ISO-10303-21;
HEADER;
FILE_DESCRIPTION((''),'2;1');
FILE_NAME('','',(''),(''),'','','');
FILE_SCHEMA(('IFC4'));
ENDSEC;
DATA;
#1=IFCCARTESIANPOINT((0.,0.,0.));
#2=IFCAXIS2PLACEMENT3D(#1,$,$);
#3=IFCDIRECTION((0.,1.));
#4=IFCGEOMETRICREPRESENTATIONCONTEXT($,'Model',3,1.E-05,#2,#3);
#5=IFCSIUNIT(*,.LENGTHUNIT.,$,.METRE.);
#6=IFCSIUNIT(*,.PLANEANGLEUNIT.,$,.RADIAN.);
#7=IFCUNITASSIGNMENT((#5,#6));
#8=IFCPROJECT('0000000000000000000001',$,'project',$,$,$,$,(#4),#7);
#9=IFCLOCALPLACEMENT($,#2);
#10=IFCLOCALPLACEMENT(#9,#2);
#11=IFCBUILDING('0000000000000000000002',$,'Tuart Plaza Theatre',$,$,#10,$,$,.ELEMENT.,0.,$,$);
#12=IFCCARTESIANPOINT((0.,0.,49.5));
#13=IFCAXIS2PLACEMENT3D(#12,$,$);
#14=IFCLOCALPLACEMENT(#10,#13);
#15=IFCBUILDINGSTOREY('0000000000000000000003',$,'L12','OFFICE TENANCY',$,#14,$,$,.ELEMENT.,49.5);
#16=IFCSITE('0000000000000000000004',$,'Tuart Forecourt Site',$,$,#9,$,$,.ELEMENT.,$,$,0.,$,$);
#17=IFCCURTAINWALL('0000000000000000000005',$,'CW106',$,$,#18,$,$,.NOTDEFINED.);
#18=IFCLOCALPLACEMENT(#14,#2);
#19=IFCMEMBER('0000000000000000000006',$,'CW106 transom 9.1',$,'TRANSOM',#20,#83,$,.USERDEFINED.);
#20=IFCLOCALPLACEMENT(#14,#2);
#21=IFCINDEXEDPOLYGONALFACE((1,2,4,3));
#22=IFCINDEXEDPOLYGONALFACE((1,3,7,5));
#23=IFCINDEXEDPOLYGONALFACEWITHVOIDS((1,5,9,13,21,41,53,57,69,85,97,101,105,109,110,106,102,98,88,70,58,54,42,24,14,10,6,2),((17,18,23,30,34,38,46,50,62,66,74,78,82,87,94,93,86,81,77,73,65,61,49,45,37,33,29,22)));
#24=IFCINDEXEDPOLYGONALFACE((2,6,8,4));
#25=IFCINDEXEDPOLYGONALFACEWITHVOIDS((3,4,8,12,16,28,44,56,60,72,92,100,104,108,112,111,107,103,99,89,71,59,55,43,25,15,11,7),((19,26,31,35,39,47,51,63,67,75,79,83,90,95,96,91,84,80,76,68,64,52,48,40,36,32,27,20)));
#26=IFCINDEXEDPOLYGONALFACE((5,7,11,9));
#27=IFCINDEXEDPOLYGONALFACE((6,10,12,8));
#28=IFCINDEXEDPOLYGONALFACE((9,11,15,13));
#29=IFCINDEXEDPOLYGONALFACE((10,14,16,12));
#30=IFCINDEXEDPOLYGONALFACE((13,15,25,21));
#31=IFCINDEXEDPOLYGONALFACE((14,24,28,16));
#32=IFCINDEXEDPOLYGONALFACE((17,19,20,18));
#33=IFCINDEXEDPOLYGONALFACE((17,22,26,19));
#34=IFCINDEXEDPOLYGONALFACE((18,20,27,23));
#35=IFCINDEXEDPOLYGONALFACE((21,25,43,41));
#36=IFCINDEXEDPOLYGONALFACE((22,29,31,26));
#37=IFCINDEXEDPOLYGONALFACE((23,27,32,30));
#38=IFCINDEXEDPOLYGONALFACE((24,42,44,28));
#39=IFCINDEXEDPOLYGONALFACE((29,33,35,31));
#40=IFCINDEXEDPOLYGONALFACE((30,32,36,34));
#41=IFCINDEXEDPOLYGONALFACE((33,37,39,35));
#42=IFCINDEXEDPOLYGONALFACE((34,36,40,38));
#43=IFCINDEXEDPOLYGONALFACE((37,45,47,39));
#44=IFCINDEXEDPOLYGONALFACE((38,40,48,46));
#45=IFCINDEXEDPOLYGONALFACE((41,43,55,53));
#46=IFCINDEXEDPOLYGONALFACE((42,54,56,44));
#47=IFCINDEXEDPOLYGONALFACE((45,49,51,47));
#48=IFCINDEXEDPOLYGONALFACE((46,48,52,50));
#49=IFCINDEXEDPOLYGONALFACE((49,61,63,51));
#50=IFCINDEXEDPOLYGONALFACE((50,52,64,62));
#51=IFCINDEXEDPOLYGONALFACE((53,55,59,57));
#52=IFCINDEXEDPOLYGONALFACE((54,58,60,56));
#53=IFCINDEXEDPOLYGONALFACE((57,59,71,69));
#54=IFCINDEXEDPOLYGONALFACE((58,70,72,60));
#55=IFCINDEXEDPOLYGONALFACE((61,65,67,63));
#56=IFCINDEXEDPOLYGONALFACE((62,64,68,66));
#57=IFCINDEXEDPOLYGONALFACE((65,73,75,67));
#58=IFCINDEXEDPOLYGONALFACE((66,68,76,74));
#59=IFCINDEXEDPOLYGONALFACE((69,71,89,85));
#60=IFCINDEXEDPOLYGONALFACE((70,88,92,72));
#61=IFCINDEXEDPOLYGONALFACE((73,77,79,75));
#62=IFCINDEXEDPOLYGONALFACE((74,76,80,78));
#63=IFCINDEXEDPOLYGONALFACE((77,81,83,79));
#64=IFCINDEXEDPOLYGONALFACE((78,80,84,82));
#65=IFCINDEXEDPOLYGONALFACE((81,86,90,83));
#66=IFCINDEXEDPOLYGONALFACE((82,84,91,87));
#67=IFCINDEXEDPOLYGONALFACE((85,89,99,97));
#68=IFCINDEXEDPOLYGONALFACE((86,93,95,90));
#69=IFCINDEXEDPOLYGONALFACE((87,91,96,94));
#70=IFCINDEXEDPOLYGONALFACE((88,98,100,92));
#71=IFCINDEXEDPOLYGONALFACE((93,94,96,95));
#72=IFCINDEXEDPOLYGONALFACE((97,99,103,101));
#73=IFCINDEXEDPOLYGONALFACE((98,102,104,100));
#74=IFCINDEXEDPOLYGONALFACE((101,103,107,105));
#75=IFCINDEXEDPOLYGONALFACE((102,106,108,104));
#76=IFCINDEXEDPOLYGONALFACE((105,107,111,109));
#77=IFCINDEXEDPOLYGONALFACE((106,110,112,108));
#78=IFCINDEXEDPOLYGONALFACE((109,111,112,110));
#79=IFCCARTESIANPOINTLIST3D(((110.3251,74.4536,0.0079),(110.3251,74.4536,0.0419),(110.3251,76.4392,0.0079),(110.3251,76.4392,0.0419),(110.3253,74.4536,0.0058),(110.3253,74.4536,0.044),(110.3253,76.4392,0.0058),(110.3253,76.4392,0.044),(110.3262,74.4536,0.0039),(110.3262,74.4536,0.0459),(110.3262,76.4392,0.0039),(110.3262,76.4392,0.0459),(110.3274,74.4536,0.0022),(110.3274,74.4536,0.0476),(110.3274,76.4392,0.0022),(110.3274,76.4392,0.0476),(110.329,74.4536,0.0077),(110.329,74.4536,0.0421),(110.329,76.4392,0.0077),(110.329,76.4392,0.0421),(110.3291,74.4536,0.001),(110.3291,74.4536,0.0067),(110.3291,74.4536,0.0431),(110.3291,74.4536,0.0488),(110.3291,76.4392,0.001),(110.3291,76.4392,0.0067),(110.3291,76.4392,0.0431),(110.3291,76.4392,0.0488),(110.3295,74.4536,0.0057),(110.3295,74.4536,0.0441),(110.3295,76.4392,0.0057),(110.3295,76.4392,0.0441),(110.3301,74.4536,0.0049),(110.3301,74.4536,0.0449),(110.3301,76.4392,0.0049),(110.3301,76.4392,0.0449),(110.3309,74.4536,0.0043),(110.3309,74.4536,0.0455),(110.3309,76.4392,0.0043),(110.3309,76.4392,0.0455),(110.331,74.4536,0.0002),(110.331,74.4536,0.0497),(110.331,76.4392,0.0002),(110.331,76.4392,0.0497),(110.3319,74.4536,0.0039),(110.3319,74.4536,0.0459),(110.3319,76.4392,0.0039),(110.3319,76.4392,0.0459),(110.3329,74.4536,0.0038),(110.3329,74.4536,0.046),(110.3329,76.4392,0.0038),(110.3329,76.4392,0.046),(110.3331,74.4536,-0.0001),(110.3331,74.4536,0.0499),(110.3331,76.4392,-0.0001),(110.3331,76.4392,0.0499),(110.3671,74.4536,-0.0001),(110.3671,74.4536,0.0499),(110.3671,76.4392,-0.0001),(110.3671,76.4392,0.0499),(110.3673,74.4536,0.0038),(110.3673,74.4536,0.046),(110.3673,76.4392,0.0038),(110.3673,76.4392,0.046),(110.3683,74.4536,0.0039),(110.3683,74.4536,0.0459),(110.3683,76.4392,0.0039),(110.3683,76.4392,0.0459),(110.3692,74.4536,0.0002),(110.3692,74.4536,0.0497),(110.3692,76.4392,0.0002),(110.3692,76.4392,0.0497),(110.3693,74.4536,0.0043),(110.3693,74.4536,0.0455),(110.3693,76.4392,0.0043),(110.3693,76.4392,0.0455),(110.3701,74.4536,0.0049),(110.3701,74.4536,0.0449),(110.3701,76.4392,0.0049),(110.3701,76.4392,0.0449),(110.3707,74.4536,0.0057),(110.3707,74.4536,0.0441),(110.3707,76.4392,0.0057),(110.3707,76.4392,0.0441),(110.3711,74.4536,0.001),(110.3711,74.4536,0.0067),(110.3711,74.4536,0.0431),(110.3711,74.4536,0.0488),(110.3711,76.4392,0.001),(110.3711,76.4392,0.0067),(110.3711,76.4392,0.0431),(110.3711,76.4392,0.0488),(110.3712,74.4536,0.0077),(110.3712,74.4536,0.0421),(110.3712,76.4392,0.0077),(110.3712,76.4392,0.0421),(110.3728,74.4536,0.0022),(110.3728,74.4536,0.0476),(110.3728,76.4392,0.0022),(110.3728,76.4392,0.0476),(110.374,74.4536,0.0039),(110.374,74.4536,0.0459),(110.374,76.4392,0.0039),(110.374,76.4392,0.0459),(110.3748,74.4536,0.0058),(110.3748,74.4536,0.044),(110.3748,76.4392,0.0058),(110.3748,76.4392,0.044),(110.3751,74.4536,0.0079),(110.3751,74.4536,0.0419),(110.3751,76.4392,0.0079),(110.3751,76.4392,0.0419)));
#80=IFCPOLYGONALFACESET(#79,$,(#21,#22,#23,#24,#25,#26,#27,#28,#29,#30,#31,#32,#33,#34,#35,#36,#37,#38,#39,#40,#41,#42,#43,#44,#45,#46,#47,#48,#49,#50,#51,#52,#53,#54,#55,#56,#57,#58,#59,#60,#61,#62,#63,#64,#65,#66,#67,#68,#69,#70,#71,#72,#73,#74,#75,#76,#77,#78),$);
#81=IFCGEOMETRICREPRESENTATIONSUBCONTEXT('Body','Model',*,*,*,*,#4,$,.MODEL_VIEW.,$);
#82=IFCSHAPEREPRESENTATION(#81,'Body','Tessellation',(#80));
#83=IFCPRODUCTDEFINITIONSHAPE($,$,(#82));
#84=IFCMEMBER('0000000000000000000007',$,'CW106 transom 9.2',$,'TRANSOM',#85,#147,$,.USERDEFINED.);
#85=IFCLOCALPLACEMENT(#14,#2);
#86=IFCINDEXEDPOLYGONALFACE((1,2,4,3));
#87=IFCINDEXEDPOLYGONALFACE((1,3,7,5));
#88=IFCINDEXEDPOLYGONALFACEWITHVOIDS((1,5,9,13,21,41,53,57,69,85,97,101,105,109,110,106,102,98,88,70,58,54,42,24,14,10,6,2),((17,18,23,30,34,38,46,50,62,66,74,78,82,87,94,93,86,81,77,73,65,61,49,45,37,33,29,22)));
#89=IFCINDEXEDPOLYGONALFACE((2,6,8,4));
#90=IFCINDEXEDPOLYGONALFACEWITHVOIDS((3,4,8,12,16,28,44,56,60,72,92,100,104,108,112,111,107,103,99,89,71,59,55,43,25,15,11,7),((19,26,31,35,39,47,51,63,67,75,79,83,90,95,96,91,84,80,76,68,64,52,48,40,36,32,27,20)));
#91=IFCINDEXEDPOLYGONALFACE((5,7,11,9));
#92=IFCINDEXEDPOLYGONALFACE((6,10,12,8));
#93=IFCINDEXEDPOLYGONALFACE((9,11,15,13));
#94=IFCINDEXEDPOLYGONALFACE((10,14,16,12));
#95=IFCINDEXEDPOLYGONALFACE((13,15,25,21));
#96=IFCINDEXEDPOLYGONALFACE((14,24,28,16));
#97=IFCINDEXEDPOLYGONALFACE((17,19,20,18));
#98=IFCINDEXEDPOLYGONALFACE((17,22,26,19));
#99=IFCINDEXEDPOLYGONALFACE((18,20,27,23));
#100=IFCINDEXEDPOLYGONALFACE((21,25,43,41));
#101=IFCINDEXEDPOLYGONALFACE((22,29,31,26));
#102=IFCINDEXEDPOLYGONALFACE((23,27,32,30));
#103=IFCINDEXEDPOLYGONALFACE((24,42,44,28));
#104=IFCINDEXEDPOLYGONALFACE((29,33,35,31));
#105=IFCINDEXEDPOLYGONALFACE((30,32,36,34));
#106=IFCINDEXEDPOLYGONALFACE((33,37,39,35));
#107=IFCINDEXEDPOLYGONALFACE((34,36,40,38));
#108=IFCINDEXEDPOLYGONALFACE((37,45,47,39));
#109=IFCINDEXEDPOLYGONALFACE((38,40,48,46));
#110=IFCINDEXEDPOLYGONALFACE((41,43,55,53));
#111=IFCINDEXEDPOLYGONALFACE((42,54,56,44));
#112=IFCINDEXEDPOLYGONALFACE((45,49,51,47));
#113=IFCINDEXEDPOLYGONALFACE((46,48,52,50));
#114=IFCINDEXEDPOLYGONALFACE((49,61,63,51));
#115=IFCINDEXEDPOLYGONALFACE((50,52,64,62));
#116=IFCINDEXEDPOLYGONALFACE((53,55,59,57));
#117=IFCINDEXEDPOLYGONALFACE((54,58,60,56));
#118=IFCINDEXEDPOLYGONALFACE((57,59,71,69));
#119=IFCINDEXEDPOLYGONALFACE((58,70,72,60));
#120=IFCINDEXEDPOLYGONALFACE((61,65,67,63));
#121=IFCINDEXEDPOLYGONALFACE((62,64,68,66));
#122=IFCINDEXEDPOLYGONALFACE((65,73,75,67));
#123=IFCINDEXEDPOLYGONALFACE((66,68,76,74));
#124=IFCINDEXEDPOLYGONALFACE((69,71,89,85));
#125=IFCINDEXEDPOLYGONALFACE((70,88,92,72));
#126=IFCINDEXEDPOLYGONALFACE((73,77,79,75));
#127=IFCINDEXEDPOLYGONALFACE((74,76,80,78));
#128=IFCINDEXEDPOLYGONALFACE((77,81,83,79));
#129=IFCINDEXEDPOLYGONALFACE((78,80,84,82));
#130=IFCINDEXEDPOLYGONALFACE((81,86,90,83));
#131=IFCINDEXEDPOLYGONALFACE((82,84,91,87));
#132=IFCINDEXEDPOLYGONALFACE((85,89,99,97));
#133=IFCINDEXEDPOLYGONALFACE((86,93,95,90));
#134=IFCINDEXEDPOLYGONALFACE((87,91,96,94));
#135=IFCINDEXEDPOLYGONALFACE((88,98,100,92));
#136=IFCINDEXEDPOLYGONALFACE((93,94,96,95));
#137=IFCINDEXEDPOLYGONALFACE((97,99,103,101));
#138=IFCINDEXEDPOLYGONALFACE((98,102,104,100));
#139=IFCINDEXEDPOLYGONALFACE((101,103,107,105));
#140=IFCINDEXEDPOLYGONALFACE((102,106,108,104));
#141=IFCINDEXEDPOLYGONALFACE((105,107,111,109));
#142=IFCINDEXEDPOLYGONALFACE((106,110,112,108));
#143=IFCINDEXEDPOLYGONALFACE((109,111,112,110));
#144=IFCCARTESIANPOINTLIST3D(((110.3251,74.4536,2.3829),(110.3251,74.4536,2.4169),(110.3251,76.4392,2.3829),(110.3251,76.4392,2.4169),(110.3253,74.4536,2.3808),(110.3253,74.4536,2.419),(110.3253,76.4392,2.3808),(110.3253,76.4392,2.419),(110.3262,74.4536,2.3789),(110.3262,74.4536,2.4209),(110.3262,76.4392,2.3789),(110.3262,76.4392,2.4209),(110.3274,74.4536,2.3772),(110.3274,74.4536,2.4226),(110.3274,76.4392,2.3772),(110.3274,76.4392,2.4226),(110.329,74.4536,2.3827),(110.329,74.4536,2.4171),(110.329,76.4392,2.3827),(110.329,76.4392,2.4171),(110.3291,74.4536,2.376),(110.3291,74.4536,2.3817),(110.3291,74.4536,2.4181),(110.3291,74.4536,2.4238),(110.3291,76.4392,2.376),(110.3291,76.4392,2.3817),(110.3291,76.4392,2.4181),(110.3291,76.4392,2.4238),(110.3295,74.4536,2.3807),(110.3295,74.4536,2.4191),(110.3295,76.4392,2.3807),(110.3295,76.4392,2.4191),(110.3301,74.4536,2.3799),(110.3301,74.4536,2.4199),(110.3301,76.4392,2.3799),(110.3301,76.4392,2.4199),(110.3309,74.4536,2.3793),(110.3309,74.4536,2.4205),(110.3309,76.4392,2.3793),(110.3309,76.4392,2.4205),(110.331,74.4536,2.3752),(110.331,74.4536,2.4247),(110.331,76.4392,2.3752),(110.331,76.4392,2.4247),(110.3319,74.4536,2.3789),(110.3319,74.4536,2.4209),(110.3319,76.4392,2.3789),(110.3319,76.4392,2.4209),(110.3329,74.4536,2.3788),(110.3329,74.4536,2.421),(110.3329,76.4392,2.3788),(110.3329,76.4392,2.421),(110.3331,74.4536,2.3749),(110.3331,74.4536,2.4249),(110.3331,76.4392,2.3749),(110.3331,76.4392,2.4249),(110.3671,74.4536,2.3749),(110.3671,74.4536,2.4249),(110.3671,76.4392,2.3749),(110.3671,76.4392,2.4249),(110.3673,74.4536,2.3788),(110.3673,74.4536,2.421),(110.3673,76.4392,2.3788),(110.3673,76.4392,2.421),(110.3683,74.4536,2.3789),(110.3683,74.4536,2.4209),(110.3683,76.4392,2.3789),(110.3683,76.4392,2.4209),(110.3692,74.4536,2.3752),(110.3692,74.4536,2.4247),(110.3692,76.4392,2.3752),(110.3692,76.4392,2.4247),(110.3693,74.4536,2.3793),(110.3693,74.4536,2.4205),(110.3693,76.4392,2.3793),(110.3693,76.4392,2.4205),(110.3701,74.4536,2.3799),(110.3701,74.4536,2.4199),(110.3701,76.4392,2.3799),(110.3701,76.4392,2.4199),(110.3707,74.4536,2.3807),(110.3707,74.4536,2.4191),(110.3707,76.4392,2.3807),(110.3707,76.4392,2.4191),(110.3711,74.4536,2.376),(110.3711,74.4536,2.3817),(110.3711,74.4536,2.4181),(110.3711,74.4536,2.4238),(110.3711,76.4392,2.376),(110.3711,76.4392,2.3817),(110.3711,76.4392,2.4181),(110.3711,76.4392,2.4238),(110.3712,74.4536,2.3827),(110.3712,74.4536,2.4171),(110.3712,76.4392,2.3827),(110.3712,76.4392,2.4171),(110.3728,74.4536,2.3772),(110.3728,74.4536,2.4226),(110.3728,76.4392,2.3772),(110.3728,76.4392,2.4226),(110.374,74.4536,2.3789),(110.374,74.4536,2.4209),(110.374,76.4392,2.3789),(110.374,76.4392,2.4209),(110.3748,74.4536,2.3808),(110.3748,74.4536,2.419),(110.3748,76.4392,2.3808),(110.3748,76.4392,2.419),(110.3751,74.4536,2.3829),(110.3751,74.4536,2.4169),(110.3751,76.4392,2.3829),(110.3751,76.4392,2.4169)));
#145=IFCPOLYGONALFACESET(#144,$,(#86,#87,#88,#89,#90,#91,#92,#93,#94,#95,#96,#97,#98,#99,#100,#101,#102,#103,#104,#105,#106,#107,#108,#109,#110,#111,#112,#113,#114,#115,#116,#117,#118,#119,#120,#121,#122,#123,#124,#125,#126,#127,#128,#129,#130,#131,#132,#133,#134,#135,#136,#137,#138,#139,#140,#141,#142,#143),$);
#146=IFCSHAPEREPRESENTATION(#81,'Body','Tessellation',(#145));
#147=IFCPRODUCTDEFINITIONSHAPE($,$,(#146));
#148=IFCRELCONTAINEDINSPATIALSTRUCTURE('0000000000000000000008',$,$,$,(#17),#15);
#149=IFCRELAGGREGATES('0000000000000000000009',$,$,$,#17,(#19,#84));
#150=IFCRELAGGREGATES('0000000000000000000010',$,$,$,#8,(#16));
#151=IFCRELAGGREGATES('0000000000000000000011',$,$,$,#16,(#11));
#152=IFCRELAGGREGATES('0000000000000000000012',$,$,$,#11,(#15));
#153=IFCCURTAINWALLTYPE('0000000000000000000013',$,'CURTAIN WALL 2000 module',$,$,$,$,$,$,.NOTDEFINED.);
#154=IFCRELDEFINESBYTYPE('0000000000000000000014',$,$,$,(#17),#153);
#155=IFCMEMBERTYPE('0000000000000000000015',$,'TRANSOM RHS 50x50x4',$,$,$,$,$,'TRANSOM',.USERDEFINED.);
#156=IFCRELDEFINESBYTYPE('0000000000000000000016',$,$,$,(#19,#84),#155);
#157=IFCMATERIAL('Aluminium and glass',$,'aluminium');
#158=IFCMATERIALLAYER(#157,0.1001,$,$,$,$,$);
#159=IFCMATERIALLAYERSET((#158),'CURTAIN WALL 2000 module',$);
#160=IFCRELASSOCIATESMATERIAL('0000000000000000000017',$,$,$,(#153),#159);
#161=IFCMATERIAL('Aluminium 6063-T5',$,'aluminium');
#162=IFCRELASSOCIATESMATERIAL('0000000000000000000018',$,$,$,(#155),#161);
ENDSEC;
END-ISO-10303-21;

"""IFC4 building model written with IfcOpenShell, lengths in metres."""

from ifc_helpers import new_model, si_unit, direction, frame, origin, origin_2d, place, context, subcontext, project, spatial, hollow_rectangle, extrude, material, layer, layer_set, material_profile, profile_set, type_object, element, aggregate, save


model = new_model("IFC4")

# Units and contexts
model_context = context("Model", 3, precision=1e-05, world=origin(), true_north=direction((0.0, 1.0)))
body_context = subcontext(model_context, "Body", "Model", "MODEL_VIEW")
ifc_project = project(units=[si_unit("LENGTHUNIT", "METRE"), si_unit("PLANEANGLEUNIT", "RADIAN")], contexts=[model_context])

# Site, building, storey
site_placement = place(None, origin())
site = spatial("IfcSite", under=ifc_project, at=site_placement, Name="Tuart Forecourt Site", CompositionType="ELEMENT", RefElevation=0.0)
building_placement = place(site_placement, origin())
building = spatial("IfcBuilding", under=site, at=building_placement, Name="Tuart Plaza Theatre", CompositionType="ELEMENT", ElevationOfRefHeight=0.0)
storey_placement = place(building_placement, frame((0.0, 0.0, 49.5)))
storey = spatial("IfcBuildingStorey", under=building, at=storey_placement, Name="L12", Description="OFFICE TENANCY", CompositionType="ELEMENT", Elevation=49.5)

# Curtain wall, members
ifc_material_1 = material(Name="Aluminium and glass", Category="aluminium")
ifc_layer_1 = layer(ifc_material_1, 0.1001)
ifc_layer_set_1 = layer_set([ifc_layer_1], Name="CURTAIN WALL 2000 module")
curtain_wall_type = type_object("IfcCurtainWallType", Name="CURTAIN WALL 2000 module", PredefinedType="NOTDEFINED", material=ifc_layer_set_1)
curtain_wall_placement = place(storey_placement, origin())
curtain_wall = element("IfcCurtainWall", 1, at=curtain_wall_placement, inside=storey, type_object=curtain_wall_type, Name="CW106", PredefinedType="NOTDEFINED")
ifc_material_2 = material(Name="Aluminium 6063-T5", Category="aluminium")
ifc_material_profile = material_profile(ifc_material_2, hollow_rectangle(XDim=0.05, YDim=0.05, WallThickness=0.0039, InnerFilletRadius=0.0039, OuterFilletRadius=0.0081, at=origin_2d()), Name="RHS 50x50x4")
ifc_profile_set = profile_set([ifc_material_profile], Name="Aluminium 6063-T5")
member_type = type_object("IfcMemberType", Name="TRANSOM RHS 50x50x4", ElementType="TRANSOM", PredefinedType="USERDEFINED", material=ifc_profile_set)
member_1_placement = place(storey_placement, frame((110.3501, 76.4392, 0.0249), z_axis=(0.0, -1.0, 0.0), x_axis=(1.0, 0.0, 0.0)))
member_1 = element("IfcMember", 2, at=member_1_placement, type_object=member_type, Name="CW106 transom 9.1", ObjectType="TRANSOM", PredefinedType="USERDEFINED", context=body_context, shape_type="SweptSolid", body=[
    extrude(hollow_rectangle(XDim=0.05, YDim=0.05, WallThickness=0.0039, InnerFilletRadius=0.0039, OuterFilletRadius=0.0081, at=origin_2d()), origin(), (0.0, 0.0, 1.0), 1.9856),
])
member_2_placement = place(storey_placement, frame((110.3501, 76.4392, 2.3999), z_axis=(0.0, -1.0, 0.0), x_axis=(1.0, 0.0, 0.0)))
member_2 = element("IfcMember", 3, at=member_2_placement, type_object=member_type, Name="CW106 transom 9.2", ObjectType="TRANSOM", PredefinedType="USERDEFINED", context=body_context, shape_type="SweptSolid", body=[
    extrude(hollow_rectangle(XDim=0.05, YDim=0.05, WallThickness=0.0039, InnerFilletRadius=0.0039, OuterFilletRadius=0.0081, at=origin_2d()), origin(), (0.0, 0.0, 1.0), 1.9856),
])
aggregate(curtain_wall, [member_1, member_2])

save(model, "model.ifc")
